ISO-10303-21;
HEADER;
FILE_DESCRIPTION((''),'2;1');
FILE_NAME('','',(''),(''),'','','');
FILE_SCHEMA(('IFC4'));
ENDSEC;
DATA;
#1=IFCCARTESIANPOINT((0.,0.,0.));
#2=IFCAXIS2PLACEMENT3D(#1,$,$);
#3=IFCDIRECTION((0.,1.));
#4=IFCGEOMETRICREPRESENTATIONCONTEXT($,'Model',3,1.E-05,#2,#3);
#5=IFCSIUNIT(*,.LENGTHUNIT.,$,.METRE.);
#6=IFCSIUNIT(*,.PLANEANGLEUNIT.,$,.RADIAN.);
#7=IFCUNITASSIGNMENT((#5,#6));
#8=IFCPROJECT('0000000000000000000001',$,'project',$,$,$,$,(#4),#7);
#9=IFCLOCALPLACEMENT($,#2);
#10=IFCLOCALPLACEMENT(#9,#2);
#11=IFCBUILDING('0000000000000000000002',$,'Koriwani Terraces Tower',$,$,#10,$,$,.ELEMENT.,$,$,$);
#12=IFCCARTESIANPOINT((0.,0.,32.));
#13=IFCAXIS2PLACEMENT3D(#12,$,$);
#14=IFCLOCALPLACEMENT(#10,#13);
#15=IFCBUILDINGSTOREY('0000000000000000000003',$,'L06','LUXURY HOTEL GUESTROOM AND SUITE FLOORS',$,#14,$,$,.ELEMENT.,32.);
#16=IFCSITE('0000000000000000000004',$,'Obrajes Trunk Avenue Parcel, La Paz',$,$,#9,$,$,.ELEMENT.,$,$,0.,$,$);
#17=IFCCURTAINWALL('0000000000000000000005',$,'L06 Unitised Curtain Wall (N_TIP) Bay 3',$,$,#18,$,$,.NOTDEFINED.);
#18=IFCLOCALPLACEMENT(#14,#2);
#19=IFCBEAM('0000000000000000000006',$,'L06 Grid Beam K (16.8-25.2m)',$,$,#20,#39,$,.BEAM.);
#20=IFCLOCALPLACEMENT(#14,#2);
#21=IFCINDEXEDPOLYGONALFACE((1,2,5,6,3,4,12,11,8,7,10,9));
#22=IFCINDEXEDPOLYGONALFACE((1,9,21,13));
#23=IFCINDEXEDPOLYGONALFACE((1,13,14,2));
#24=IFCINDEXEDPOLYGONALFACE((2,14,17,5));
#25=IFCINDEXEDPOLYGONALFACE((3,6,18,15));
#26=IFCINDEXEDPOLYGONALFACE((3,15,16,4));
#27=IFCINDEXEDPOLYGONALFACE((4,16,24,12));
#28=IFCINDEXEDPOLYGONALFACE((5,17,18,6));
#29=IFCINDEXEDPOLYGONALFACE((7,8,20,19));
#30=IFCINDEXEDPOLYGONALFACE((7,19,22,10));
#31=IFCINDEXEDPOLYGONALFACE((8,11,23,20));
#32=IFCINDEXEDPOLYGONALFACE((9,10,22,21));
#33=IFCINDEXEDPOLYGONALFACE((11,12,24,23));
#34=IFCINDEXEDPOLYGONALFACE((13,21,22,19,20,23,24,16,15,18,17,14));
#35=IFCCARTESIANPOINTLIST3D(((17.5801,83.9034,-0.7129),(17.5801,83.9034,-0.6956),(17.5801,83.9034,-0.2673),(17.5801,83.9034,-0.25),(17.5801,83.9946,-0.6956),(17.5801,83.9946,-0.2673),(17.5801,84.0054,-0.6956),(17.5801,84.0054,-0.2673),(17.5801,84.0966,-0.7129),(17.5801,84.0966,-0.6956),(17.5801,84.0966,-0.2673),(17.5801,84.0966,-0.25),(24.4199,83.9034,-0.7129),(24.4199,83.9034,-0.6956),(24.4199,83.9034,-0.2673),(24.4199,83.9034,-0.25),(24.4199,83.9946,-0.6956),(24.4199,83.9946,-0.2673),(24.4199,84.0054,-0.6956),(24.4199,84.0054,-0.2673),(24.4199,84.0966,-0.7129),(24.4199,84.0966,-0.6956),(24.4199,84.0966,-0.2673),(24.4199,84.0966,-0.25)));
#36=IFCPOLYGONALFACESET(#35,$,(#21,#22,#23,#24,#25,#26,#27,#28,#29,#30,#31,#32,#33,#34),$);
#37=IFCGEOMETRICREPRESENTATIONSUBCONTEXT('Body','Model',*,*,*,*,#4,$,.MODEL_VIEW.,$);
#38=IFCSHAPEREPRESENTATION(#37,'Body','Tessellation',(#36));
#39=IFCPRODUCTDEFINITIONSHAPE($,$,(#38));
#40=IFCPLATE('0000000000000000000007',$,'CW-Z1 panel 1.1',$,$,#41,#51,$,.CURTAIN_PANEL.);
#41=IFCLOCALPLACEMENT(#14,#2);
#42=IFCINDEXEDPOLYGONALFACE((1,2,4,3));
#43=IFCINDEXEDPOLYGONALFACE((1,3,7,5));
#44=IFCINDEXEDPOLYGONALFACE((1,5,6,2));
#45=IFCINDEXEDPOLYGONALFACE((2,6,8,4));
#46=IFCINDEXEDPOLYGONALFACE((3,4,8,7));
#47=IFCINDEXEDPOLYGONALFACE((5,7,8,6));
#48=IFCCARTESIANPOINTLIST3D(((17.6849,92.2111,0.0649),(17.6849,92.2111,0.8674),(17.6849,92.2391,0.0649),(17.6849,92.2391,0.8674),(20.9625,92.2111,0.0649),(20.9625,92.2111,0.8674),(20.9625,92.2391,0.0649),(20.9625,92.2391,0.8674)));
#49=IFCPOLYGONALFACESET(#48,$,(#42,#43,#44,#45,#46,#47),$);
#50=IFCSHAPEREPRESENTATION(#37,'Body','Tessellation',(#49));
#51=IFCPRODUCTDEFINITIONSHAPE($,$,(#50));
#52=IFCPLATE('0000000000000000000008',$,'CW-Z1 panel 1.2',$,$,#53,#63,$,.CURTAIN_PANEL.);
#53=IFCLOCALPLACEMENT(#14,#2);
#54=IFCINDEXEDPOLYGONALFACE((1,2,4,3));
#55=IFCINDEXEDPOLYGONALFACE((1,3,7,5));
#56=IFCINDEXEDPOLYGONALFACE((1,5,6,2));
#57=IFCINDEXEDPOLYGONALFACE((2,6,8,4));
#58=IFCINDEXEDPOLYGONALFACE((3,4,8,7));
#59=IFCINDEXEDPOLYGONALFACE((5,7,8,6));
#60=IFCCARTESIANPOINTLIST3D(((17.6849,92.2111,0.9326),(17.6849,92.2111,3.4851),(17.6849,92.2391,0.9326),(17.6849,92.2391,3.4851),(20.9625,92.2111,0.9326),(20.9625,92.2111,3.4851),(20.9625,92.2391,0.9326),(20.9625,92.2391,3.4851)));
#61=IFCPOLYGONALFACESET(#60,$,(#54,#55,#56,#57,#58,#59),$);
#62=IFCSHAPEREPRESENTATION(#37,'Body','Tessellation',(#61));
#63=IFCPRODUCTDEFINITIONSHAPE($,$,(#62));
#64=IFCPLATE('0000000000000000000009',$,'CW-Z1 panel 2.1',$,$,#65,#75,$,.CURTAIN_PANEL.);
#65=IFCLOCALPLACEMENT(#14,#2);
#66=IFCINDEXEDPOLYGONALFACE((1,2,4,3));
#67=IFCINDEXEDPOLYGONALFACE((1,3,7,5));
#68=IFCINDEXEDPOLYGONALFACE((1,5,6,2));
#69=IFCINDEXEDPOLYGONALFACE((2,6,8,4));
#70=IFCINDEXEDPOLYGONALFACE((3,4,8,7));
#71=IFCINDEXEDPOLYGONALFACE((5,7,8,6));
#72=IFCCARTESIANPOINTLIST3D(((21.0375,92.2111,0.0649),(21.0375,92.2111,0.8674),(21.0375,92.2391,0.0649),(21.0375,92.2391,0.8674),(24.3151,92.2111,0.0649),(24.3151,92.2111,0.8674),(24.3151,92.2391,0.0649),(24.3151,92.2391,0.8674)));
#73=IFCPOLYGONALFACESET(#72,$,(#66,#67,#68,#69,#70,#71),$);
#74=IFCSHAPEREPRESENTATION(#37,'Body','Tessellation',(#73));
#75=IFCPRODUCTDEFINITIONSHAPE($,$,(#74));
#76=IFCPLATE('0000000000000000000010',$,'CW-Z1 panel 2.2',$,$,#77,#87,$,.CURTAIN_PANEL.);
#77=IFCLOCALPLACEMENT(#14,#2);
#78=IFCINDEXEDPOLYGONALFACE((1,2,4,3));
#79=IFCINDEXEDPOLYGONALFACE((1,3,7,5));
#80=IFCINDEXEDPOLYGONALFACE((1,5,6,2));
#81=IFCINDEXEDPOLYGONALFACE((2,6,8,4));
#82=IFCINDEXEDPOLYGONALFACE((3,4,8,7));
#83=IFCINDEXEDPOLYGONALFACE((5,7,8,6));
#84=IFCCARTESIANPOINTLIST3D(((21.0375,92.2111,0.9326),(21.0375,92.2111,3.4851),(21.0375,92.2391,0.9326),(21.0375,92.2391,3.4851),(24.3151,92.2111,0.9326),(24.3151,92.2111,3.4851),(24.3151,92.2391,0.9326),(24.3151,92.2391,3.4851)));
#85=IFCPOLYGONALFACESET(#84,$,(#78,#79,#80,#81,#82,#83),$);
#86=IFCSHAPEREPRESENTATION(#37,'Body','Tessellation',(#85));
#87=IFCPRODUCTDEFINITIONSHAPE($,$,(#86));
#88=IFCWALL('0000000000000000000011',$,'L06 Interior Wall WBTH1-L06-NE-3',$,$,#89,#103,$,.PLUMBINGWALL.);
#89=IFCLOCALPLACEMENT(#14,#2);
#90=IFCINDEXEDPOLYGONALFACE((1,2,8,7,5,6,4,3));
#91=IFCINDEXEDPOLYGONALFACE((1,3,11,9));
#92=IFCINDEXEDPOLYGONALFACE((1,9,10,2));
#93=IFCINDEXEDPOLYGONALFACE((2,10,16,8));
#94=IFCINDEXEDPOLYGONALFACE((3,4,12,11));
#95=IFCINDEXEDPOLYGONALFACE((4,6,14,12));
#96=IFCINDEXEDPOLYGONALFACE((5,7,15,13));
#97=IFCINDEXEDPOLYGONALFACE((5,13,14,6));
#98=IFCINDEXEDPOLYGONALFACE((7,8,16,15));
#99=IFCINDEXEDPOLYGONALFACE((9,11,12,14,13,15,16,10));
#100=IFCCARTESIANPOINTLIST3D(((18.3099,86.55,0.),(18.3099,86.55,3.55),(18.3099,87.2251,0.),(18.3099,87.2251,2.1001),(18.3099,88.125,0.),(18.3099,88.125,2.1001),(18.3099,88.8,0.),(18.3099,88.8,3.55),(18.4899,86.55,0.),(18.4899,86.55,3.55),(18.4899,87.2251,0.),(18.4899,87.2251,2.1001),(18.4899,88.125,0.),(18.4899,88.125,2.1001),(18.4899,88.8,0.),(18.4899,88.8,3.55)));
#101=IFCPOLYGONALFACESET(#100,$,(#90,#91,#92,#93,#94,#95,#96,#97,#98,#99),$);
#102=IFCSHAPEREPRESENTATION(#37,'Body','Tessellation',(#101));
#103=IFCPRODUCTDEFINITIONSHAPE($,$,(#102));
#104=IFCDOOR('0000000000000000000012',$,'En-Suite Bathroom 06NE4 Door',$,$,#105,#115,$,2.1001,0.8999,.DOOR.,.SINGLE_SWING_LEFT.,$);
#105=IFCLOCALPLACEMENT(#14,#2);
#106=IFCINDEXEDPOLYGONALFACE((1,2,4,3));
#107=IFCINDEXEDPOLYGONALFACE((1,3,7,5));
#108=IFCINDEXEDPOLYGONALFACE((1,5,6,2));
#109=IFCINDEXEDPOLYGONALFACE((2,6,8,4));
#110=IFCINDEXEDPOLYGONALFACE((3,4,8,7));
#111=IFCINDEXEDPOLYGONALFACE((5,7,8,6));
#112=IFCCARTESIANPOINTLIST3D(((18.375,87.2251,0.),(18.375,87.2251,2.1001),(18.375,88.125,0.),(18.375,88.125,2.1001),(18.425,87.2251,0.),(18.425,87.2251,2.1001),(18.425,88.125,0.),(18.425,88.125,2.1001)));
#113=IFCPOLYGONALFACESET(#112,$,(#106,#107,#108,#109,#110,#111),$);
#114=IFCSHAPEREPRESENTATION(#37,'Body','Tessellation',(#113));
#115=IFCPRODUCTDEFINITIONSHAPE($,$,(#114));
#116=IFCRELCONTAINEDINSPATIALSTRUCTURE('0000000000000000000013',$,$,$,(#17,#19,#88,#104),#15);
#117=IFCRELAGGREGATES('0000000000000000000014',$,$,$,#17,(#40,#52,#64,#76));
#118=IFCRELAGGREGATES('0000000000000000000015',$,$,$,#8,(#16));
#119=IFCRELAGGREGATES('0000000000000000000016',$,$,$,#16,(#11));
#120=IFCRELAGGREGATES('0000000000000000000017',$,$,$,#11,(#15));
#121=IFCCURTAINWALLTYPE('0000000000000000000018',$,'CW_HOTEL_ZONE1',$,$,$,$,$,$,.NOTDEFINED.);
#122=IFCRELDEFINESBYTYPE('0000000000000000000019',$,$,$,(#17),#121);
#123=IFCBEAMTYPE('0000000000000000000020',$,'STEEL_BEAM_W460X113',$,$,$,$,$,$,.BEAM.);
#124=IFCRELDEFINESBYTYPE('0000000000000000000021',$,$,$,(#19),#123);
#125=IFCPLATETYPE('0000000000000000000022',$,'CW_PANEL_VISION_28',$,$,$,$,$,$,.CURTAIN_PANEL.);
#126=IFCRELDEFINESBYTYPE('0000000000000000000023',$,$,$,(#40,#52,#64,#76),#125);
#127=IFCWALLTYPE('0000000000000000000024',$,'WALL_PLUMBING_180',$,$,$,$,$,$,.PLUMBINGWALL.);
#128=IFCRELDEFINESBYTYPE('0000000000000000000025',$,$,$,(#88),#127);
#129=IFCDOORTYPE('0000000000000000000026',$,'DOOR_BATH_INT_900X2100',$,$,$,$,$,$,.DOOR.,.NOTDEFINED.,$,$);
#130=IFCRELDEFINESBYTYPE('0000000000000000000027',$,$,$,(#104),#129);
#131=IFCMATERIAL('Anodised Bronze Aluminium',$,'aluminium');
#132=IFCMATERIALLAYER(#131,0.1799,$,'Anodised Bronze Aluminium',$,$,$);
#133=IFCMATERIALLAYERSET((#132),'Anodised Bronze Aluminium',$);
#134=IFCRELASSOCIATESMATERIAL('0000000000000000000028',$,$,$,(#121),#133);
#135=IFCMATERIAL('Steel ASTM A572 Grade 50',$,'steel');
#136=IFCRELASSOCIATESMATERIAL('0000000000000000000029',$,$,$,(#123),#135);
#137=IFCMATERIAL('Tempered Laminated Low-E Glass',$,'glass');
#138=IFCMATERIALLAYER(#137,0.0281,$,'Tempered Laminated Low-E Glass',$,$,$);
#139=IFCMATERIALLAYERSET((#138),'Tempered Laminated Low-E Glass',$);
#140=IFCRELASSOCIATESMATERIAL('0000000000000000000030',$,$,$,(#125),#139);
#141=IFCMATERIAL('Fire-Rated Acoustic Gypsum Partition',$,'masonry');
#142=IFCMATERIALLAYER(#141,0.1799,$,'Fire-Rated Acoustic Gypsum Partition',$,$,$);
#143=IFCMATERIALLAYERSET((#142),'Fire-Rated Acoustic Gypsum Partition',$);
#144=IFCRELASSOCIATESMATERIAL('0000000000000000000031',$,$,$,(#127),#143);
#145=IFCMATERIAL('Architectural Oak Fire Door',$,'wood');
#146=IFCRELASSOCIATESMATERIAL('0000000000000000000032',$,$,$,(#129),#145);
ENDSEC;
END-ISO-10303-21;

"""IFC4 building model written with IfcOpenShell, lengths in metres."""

from ifc_helpers import new_model, si_unit, direction, frame, frame_2d, origin, origin_2d, place, context, subcontext, project, spatial, rectangle, i_section, extrude, material, layer, layer_set, material_profile, profile_set, type_object, element, fill, aggregate, save


model = new_model("IFC4")

# Units and contexts
model_context = context("Model", 3, precision=1e-05, world=origin(), true_north=direction((0.0, 1.0)))
body_context = subcontext(model_context, "Body", "Model", "MODEL_VIEW")
ifc_project = project(units=[si_unit("LENGTHUNIT", "METRE"), si_unit("PLANEANGLEUNIT", "RADIAN")], contexts=[model_context])

# Site, building, storey
site_placement = place(None, origin())
site = spatial("IfcSite", under=ifc_project, at=site_placement, Name="Obrajes Trunk Avenue Parcel, La Paz", CompositionType="ELEMENT", RefElevation=0.0)
building_placement = place(site_placement, origin())
building = spatial("IfcBuilding", under=site, at=building_placement, Name="Koriwani Terraces Tower", CompositionType="ELEMENT")
storey_placement = place(building_placement, frame((0.0, 0.0, 32.0)))
storey = spatial("IfcBuildingStorey", under=building, at=storey_placement, Name="L06", Description="LUXURY HOTEL GUESTROOM AND SUITE FLOORS", CompositionType="ELEMENT", Elevation=32.0)

# Curtain wall
ifc_material_1 = material(Name="Anodised Bronze Aluminium", Category="aluminium")
ifc_layer_1 = layer(ifc_material_1, 0.1799, Name="Anodised Bronze Aluminium")
ifc_layer_set_1 = layer_set([ifc_layer_1], Name="Anodised Bronze Aluminium")
curtain_wall_type = type_object("IfcCurtainWallType", Name="CW_HOTEL_ZONE1", PredefinedType="NOTDEFINED", material=ifc_layer_set_1)
curtain_wall_placement = place(storey_placement, origin())
curtain_wall = element("IfcCurtainWall", 1, at=curtain_wall_placement, inside=storey, type_object=curtain_wall_type, Name="L06 Unitised Curtain Wall (N_TIP) Bay 3", PredefinedType="NOTDEFINED")

# Beam
ifc_material_2 = material(Name="Steel ASTM A572 Grade 50", Category="steel")
ifc_material_profile_1 = material_profile(ifc_material_2, i_section(OverallWidth=0.1931, OverallDepth=0.4629, WebThickness=0.0107, FlangeThickness=0.0173, at=origin_2d()), Name="Steel ASTM A572 Grade 50", Category="LoadBearing")
ifc_profile_set_1 = profile_set([ifc_material_profile_1], Name="Steel ASTM A572 Grade 50")
beam_type_1 = type_object("IfcBeamType", Name="STEEL_BEAM_W460X113", PredefinedType="BEAM", material=ifc_profile_set_1)
beam_1_placement = place(storey_placement, frame((17.5801, 84.0, -0.4814), z_axis=(1.0, 0.0, 0.0), x_axis=(0.0, 1.0, 0.0)))
element("IfcBeam", 2, at=beam_1_placement, inside=storey, type_object=beam_type_1, Name="L06 Grid Beam K (16.8-25.2m)", PredefinedType="BEAM", context=body_context, shape_type="SweptSolid", body=[
    extrude(i_section(OverallWidth=0.1931, OverallDepth=0.4629, WebThickness=0.0107, FlangeThickness=0.0173, at=origin_2d()), origin(), (0.0, 0.0, 1.0), 6.8398),
])

# Plates
ifc_material_3 = material(Name="Tempered Laminated Low-E Glass", Category="glass")
ifc_layer_2 = layer(ifc_material_3, 0.0281, Name="Tempered Laminated Low-E Glass")
ifc_layer_set_2 = layer_set([ifc_layer_2], Name="Tempered Laminated Low-E Glass")
plate_type = type_object("IfcPlateType", Name="CW_PANEL_VISION_28", PredefinedType="CURTAIN_PANEL", material=ifc_layer_set_2)
plate_1_placement = place(storey_placement, frame((19.3237, 92.2251, 0.0649), z_axis=(0.0, 0.0, 1.0), x_axis=(1.0, 0.0, 0.0)))
plate_1 = element("IfcPlate", 3, at=plate_1_placement, type_object=plate_type, Name="CW-Z1 panel 1.1", PredefinedType="CURTAIN_PANEL", context=body_context, shape_type="SweptSolid", body=[
    extrude(rectangle(XDim=3.2776, YDim=0.0281, at=origin_2d()), origin(), (0.0, 0.0, 1.0), 0.8025),
])
plate_2_placement = place(storey_placement, frame((19.3237, 92.2251, 0.9326), z_axis=(0.0, 0.0, 1.0), x_axis=(1.0, 0.0, 0.0)))
plate_2 = element("IfcPlate", 4, at=plate_2_placement, type_object=plate_type, Name="CW-Z1 panel 1.2", PredefinedType="CURTAIN_PANEL", context=body_context, shape_type="SweptSolid", body=[
    extrude(rectangle(XDim=3.2776, YDim=0.0281, at=origin_2d()), origin(), (0.0, 0.0, 1.0), 2.5525),
])
plate_3_placement = place(storey_placement, frame((22.6763, 92.2251, 0.0649), z_axis=(0.0, 0.0, 1.0), x_axis=(1.0, 0.0, 0.0)))
plate_3 = element("IfcPlate", 5, at=plate_3_placement, type_object=plate_type, Name="CW-Z1 panel 2.1", PredefinedType="CURTAIN_PANEL", context=body_context, shape_type="SweptSolid", body=[
    extrude(rectangle(XDim=3.2776, YDim=0.0281, at=origin_2d()), origin(), (0.0, 0.0, 1.0), 0.8025),
])
plate_4_placement = place(storey_placement, frame((22.6763, 92.2251, 0.9326), z_axis=(0.0, 0.0, 1.0), x_axis=(1.0, 0.0, 0.0)))
plate_4 = element("IfcPlate", 6, at=plate_4_placement, type_object=plate_type, Name="CW-Z1 panel 2.2", PredefinedType="CURTAIN_PANEL", context=body_context, shape_type="SweptSolid", body=[
    extrude(rectangle(XDim=3.2776, YDim=0.0281, at=origin_2d()), origin(), (0.0, 0.0, 1.0), 2.5525),
])
aggregate(curtain_wall, [plate_1, plate_2, plate_3, plate_4])

# Wall, opening, door
ifc_material_4 = material(Name="Fire-Rated Acoustic Gypsum Partition", Category="masonry")
ifc_layer_3 = layer(ifc_material_4, 0.1799, Name="Fire-Rated Acoustic Gypsum Partition")
ifc_layer_set_3 = layer_set([ifc_layer_3], Name="Fire-Rated Acoustic Gypsum Partition")
wall_type = type_object("IfcWallType", Name="WALL_PLUMBING_180", PredefinedType="PLUMBINGWALL", material=ifc_layer_set_3)
wall_placement = place(storey_placement, frame((18.3999, 86.55, 0.0), z_axis=(0.0, 0.0, 1.0), x_axis=(0.0, 1.0, 0.0)))
wall = element("IfcWall", 7, at=wall_placement, inside=storey, type_object=wall_type, Name="L06 Interior Wall WBTH1-L06-NE-3", PredefinedType="PLUMBINGWALL", context=body_context, shape_type="SweptSolid", body=[
    extrude(rectangle(XDim=2.25, YDim=0.1799, at=frame_2d((1.125, 0.0))), origin(), (0.0, 0.0, 1.0), 3.55),
])
opening_placement = place(wall_placement, frame((0.675, 0.0, 0.0)))
opening = element("IfcOpeningElement", 8, at=opening_placement, cuts=wall, PredefinedType="OPENING", context=body_context, shape_type="SweptSolid", body=[
    extrude(rectangle(XDim=0.8999, YDim=2.1001, at=frame_2d((0.45, 1.05))), frame((0.0, 0.1001, 0.0), z_axis=(0.0, -1.0, 0.0), x_axis=(1.0, 0.0, 0.0)), (0.0, 0.0, 1.0), 0.2),
])
ifc_material_5 = material(Name="Architectural Oak Fire Door", Category="wood")
door_type = type_object("IfcDoorType", Name="DOOR_BATH_INT_900X2100", OperationType="NOTDEFINED", PredefinedType="DOOR", material=ifc_material_5)
door_placement = place(opening_placement, origin())
door = element("IfcDoor", 9, at=door_placement, inside=storey, type_object=door_type, Name="En-Suite Bathroom 06NE4 Door", OperationType="SINGLE_SWING_LEFT", OverallHeight=2.1001, OverallWidth=0.8999, PredefinedType="DOOR", context=body_context, shape_type="SweptSolid", body=[
    extrude(rectangle(XDim=0.8999, YDim=2.1001, at=frame_2d((0.45, 1.05))), frame((0.0, 0.0249, 0.0), z_axis=(0.0, -1.0, 0.0), x_axis=(1.0, 0.0, 0.0)), (0.0, 0.0, 1.0), 0.05),
])
fill(opening, door)

save(model, "model.ifc")
